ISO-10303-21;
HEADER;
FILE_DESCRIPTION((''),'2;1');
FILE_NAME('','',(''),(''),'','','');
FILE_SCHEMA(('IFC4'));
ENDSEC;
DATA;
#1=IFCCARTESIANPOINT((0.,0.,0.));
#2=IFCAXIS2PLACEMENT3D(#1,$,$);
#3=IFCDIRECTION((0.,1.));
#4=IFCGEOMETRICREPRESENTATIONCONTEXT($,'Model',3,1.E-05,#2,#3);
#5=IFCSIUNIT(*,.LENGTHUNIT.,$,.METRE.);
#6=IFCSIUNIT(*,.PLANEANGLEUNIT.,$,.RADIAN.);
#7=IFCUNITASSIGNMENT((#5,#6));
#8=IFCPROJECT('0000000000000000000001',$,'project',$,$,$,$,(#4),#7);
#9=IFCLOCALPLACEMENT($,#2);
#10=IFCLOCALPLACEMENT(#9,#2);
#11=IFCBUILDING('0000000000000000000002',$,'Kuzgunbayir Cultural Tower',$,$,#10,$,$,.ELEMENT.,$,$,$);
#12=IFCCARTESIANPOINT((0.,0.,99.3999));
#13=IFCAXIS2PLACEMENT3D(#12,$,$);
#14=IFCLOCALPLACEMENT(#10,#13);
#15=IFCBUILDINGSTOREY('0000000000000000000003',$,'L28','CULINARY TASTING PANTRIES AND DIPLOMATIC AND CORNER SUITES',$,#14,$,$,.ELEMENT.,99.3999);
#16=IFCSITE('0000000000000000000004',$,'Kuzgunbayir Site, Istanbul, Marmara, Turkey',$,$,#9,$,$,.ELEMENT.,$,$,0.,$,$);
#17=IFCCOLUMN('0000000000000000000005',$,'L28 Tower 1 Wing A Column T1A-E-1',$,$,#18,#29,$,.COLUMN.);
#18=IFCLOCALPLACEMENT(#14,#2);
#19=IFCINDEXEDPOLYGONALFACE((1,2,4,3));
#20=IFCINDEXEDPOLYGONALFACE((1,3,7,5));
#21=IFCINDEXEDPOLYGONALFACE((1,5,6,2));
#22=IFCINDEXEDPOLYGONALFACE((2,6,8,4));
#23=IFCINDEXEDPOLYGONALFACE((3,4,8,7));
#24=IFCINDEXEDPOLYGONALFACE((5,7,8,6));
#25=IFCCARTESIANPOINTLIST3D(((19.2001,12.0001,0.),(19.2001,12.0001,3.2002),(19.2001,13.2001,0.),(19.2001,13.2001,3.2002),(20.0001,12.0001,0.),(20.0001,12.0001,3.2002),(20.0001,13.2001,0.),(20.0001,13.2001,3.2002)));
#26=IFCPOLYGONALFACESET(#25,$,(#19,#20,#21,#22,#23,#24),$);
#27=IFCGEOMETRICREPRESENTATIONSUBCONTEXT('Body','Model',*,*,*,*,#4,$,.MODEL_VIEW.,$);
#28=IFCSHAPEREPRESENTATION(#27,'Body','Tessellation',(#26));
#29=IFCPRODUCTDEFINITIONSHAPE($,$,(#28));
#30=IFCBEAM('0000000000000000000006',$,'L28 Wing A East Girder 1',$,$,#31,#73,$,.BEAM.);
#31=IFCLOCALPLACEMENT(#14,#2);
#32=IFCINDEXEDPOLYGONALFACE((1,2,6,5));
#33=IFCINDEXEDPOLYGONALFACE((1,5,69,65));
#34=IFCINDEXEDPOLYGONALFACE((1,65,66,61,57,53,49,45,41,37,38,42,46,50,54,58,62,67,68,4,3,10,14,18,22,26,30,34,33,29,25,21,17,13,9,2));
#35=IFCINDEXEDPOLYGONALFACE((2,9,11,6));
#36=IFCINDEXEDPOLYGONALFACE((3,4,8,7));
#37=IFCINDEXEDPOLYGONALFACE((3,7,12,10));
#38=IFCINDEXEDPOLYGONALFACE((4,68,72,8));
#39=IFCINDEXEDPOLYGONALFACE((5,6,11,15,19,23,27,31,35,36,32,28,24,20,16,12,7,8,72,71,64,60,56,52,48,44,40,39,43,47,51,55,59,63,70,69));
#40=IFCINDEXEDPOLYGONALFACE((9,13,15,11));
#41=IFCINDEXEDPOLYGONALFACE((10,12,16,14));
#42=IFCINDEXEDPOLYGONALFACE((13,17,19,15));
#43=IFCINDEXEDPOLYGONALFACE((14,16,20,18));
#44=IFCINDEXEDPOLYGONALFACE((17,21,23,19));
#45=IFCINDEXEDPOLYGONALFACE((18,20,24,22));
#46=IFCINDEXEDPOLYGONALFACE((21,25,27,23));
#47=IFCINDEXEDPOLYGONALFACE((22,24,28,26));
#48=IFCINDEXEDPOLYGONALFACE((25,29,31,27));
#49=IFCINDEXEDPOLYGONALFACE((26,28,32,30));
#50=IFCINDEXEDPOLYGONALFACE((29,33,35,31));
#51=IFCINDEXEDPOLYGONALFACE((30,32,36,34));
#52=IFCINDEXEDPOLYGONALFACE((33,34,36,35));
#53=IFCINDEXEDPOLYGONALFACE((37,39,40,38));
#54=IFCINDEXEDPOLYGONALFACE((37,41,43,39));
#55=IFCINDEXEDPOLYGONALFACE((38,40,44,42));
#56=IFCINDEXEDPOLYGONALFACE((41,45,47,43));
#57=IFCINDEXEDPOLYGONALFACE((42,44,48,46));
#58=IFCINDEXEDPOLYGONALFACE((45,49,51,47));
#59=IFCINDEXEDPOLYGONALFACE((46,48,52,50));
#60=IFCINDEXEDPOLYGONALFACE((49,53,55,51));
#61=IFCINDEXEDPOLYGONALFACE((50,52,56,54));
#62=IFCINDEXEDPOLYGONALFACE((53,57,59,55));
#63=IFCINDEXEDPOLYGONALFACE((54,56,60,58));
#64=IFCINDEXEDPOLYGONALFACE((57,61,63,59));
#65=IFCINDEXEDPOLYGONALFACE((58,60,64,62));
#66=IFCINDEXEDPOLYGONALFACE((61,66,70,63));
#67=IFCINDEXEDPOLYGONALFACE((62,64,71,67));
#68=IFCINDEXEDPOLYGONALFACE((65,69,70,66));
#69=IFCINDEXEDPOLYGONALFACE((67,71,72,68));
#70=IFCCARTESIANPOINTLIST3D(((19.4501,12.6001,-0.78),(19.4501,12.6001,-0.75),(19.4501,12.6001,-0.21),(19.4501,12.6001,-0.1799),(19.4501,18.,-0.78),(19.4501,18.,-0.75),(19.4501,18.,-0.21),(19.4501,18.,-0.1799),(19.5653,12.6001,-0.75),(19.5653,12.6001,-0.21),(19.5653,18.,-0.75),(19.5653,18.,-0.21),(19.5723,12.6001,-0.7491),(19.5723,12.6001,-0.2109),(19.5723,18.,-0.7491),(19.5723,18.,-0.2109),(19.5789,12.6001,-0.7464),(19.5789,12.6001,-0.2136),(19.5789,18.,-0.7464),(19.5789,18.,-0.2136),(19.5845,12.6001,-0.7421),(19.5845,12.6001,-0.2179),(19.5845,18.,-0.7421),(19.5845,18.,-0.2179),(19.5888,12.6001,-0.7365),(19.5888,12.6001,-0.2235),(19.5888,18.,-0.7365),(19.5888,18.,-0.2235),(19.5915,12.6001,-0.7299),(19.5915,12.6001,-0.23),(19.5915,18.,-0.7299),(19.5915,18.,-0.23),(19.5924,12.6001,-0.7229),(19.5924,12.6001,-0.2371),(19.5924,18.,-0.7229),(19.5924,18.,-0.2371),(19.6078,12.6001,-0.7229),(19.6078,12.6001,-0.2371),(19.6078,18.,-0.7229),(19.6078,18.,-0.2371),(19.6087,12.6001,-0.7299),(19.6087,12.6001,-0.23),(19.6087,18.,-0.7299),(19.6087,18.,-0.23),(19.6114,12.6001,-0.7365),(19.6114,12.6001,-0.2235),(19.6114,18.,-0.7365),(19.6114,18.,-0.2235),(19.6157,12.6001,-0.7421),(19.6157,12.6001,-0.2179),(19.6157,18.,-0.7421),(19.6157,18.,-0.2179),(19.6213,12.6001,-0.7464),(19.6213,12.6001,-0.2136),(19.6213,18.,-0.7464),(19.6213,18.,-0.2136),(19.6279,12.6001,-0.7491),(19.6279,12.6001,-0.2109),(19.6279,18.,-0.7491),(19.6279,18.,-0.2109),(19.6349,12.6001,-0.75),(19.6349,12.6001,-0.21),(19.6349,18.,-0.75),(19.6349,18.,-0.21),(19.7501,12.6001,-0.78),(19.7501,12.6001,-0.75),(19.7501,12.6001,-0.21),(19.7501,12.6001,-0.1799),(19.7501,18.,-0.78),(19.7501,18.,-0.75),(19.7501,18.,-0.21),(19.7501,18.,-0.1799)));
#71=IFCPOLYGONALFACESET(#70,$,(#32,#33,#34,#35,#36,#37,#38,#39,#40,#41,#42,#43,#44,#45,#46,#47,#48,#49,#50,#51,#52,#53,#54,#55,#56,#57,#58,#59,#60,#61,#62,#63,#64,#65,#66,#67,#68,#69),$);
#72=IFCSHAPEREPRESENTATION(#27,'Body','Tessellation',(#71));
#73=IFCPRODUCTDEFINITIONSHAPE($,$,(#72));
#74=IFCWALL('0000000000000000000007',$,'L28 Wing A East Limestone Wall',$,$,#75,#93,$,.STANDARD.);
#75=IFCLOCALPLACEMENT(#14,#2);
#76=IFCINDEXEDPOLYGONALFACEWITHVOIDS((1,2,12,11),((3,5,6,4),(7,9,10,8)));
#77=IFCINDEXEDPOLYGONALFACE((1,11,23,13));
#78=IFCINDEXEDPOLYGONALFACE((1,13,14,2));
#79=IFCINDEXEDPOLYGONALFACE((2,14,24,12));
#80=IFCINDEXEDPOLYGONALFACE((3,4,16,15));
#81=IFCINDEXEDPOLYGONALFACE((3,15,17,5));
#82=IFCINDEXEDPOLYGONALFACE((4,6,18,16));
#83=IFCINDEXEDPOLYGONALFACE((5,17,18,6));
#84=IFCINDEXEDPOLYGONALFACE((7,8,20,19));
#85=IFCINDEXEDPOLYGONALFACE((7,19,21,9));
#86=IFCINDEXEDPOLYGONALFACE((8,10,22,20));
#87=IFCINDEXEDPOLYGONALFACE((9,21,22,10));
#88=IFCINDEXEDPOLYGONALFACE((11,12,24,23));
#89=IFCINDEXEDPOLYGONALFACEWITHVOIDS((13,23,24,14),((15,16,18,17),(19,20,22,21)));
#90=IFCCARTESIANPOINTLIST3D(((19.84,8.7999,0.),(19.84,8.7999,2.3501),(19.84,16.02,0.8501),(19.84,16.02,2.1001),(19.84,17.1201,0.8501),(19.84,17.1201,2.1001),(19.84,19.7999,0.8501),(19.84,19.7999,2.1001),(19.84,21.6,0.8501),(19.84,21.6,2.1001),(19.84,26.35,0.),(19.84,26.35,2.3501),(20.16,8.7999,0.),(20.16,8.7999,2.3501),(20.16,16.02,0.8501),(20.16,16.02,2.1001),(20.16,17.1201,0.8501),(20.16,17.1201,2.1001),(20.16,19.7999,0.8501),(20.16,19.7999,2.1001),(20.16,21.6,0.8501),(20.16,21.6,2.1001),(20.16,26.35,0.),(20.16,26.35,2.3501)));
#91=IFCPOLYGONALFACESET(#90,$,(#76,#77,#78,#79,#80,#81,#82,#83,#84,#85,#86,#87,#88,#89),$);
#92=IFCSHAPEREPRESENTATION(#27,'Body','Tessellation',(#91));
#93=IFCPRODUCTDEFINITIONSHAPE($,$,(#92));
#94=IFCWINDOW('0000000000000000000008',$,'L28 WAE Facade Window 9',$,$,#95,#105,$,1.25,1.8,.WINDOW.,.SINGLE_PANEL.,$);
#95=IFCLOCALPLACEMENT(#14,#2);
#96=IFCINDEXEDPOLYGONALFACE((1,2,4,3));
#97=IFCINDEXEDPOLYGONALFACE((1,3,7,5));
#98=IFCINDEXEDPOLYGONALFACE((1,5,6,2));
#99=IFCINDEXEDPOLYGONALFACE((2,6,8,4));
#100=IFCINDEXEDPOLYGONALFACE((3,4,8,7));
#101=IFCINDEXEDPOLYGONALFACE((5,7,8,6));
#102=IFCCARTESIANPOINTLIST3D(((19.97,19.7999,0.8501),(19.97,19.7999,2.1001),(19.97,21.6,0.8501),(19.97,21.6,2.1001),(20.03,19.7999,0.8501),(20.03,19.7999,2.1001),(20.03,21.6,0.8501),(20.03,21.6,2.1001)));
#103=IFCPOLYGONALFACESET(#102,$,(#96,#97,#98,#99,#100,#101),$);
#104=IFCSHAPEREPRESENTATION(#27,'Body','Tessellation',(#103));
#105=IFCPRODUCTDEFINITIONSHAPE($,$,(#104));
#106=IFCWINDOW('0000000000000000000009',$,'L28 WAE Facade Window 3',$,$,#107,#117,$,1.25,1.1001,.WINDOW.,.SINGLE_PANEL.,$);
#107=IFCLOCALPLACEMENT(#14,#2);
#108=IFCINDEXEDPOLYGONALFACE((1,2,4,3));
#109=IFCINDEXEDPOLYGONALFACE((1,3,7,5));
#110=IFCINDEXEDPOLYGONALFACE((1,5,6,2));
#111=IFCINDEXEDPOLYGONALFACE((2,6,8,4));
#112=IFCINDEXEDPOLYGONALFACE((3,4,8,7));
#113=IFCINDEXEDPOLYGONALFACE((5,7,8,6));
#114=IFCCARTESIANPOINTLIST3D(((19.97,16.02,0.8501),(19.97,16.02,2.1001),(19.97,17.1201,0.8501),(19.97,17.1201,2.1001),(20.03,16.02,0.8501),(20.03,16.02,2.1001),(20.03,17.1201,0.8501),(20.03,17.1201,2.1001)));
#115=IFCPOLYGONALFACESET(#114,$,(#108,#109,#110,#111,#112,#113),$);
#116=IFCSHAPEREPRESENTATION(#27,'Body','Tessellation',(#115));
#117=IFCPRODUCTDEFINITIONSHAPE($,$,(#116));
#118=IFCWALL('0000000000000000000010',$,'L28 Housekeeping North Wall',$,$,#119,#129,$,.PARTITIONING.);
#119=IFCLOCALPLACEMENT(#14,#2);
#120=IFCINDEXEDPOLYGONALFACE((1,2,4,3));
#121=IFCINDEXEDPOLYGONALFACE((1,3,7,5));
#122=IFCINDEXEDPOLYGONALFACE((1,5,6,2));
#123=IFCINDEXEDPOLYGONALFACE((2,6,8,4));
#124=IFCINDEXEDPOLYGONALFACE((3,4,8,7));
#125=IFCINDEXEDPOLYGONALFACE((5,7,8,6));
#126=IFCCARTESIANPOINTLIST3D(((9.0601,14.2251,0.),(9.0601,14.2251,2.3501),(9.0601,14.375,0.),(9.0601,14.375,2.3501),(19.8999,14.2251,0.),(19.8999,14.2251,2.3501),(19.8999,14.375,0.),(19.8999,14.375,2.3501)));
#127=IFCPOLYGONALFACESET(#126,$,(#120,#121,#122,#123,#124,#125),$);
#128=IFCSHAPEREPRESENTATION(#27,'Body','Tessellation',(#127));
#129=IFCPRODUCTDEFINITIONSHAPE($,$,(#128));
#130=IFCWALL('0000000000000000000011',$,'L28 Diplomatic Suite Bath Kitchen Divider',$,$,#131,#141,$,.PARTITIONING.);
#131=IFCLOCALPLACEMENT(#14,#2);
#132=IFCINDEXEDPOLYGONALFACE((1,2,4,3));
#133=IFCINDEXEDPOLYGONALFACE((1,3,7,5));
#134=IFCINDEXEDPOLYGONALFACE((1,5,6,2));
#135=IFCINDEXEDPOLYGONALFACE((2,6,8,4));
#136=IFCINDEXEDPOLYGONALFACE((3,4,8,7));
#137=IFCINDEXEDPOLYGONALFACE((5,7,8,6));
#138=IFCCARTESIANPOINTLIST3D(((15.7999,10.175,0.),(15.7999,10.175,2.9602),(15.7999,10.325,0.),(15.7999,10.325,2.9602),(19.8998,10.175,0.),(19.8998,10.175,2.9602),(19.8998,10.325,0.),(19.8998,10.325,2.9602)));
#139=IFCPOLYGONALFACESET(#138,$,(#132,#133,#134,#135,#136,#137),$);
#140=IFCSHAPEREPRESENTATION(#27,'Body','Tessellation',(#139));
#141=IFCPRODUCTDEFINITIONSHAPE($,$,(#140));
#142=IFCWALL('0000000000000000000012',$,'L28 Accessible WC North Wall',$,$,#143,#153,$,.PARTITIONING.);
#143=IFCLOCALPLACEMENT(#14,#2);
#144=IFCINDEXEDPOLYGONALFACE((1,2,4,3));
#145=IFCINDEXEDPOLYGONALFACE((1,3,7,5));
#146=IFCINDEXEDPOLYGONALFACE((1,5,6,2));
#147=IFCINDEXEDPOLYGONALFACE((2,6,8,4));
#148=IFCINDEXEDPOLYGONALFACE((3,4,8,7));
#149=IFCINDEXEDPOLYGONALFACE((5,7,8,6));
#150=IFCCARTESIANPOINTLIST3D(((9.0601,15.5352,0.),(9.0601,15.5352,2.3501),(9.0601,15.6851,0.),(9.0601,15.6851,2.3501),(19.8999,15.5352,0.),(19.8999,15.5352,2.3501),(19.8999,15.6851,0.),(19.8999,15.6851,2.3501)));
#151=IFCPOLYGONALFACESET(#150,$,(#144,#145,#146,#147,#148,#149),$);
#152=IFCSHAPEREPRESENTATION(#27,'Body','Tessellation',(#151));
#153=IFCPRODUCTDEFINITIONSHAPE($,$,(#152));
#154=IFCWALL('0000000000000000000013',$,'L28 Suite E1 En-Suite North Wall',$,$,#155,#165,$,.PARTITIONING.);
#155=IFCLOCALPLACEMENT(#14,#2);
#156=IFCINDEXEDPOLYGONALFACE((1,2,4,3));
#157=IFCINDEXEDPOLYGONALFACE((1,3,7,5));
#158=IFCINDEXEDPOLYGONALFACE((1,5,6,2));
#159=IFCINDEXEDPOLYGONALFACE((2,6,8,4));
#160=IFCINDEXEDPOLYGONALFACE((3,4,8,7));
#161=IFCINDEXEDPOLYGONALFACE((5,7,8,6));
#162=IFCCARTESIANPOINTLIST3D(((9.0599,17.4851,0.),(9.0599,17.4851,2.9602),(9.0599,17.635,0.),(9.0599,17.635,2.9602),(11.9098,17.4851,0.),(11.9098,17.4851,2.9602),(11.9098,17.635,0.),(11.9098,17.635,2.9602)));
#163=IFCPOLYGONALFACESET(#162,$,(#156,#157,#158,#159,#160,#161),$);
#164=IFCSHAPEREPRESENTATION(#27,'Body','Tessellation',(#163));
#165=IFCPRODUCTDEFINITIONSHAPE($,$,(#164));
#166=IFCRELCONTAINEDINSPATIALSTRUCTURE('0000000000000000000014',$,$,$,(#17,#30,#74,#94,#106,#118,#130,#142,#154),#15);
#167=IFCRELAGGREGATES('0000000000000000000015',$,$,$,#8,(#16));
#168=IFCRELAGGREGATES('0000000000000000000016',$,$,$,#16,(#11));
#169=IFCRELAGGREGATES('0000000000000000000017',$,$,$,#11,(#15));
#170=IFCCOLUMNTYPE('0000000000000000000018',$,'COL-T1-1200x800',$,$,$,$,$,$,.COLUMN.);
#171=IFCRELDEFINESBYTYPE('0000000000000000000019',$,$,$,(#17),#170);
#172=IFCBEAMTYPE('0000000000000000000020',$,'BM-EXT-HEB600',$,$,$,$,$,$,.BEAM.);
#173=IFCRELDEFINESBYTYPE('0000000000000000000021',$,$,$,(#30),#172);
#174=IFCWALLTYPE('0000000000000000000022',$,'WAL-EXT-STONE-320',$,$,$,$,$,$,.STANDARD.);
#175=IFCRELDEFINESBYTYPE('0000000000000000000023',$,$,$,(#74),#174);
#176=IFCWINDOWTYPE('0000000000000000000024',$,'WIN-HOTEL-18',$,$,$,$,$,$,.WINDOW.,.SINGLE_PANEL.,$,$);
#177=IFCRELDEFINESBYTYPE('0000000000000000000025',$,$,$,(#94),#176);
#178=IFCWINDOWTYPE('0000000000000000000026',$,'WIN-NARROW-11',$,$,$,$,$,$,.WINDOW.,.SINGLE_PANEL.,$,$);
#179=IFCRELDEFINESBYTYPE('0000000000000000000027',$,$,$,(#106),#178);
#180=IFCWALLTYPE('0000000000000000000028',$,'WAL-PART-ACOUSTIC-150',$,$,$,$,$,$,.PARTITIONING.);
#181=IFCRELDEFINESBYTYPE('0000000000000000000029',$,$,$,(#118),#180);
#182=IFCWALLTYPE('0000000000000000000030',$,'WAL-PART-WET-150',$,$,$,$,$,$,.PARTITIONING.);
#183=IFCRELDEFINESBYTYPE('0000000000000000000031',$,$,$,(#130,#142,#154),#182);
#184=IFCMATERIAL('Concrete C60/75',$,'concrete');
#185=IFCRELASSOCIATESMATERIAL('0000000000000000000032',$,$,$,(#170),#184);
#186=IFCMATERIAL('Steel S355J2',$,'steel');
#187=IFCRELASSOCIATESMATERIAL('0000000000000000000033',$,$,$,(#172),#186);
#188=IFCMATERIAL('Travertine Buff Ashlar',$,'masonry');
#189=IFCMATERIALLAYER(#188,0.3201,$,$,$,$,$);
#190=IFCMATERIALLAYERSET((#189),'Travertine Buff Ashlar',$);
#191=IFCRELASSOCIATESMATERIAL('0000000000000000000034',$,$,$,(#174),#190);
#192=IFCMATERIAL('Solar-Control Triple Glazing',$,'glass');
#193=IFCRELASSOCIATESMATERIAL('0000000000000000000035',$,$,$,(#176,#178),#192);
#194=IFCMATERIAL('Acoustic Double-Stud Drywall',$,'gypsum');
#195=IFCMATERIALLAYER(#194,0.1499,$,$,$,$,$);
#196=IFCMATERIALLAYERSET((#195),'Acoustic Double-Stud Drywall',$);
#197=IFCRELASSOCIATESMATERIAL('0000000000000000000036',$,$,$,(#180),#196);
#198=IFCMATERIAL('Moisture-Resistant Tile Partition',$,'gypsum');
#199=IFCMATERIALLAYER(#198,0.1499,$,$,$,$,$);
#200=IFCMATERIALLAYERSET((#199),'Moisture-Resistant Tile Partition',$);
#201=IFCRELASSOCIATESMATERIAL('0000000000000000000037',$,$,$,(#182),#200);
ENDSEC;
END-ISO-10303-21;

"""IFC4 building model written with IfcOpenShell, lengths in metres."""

from ifc_helpers import new_model, si_unit, direction, frame, frame_2d, origin, origin_2d, place, context, subcontext, project, spatial, rectangle, i_section, extrude, material, layer, layer_set, material_profile, profile_set, type_object, element, fill, save


model = new_model("IFC4")

# Units and contexts
model_context = context("Model", 3, precision=1e-05, world=origin(), true_north=direction((0.0, 1.0)))
body_context = subcontext(model_context, "Body", "Model", "MODEL_VIEW")
ifc_project = project(units=[si_unit("LENGTHUNIT", "METRE"), si_unit("PLANEANGLEUNIT", "RADIAN")], contexts=[model_context])

# Site, building, storey
site_placement = place(None, origin())
site = spatial("IfcSite", under=ifc_project, at=site_placement, Name="Kuzgunbayir Site, Istanbul, Marmara, Turkey", CompositionType="ELEMENT", RefElevation=0.0)
building_placement = place(site_placement, origin())
building = spatial("IfcBuilding", under=site, at=building_placement, Name="Kuzgunbayir Cultural Tower", CompositionType="ELEMENT")
storey_placement = place(building_placement, frame((0.0, 0.0, 99.3999)))
storey = spatial("IfcBuildingStorey", under=building, at=storey_placement, Name="L28", Description="CULINARY TASTING PANTRIES AND DIPLOMATIC AND CORNER SUITES", CompositionType="ELEMENT", Elevation=99.3999)

# Column
ifc_material_1 = material(Name="Concrete C60/75", Category="concrete")
ifc_material_profile_1 = material_profile(ifc_material_1, rectangle(XDim=0.8, YDim=1.2, at=origin_2d()), Name="RC 1200x800")
ifc_profile_set_1 = profile_set([ifc_material_profile_1], Name="Concrete C60/75")
column_type = type_object("IfcColumnType", Name="COL-T1-1200x800", PredefinedType="COLUMN", material=ifc_profile_set_1)
column_placement = place(storey_placement, frame((19.6001, 12.6001, 0.0), z_axis=(0.0, 0.0, 1.0), x_axis=(1.0, 0.0, 0.0)))
element("IfcColumn", 1, at=column_placement, inside=storey, type_object=column_type, Name="L28 Tower 1 Wing A Column T1A-E-1", PredefinedType="COLUMN", context=body_context, shape_type="SweptSolid", body=[
    extrude(rectangle(XDim=0.8, YDim=1.2, at=origin_2d()), origin(), (0.0, 0.0, 1.0), 3.2002),
])

# Beam
ifc_material_2 = material(Name="Steel S355J2", Category="steel")
ifc_material_profile_2 = material_profile(ifc_material_2, i_section(OverallWidth=0.3, OverallDepth=0.6001, WebThickness=0.0154, FlangeThickness=0.03, FilletRadius=0.0271, at=origin_2d()), Name="HEB 600")
ifc_profile_set_2 = profile_set([ifc_material_profile_2], Name="Steel S355J2")
beam_type = type_object("IfcBeamType", Name="BM-EXT-HEB600", PredefinedType="BEAM", material=ifc_profile_set_2)
beam_placement = place(storey_placement, frame((19.6001, 12.6001, -0.48), z_axis=(0.0, 1.0, 0.0), x_axis=(-1.0, 0.0, 0.0)))
element("IfcBeam", 2, at=beam_placement, inside=storey, type_object=beam_type, Name="L28 Wing A East Girder 1", PredefinedType="BEAM", context=body_context, shape_type="SweptSolid", body=[
    extrude(i_section(OverallWidth=0.3, OverallDepth=0.6001, WebThickness=0.0154, FlangeThickness=0.03, FilletRadius=0.0271, at=origin_2d()), origin(), (0.0, 0.0, 1.0), 5.3999),
])

# Wall, openings, windows
ifc_material_3 = material(Name="Travertine Buff Ashlar", Category="masonry")
ifc_layer_1 = layer(ifc_material_3, 0.3201)
ifc_layer_set_1 = layer_set([ifc_layer_1], Name="Travertine Buff Ashlar")
wall_type_1 = type_object("IfcWallType", Name="WAL-EXT-STONE-320", PredefinedType="STANDARD", material=ifc_layer_set_1)
wall_1_placement = place(storey_placement, frame((20.0, 8.8, 0.0), z_axis=(0.0, 0.0, 1.0), x_axis=(0.0, 1.0, 0.0)))
wall_1 = element("IfcWall", 3, at=wall_1_placement, inside=storey, type_object=wall_type_1, Name="L28 Wing A East Limestone Wall", PredefinedType="STANDARD", context=body_context, shape_type="SweptSolid", body=[
    extrude(rectangle(XDim=17.55, YDim=0.3201, at=frame_2d((8.7749, 0.0))), origin(), (0.0, 0.0, 1.0), 2.3501),
])
opening_1_placement = place(wall_1_placement, frame((7.22, 0.0, 0.8501)))
opening_1 = element("IfcOpeningElement", 4, at=opening_1_placement, cuts=wall_1, PredefinedType="OPENING", context=body_context, shape_type="SweptSolid", body=[
    extrude(rectangle(XDim=1.1001, YDim=1.25, at=frame_2d((0.55, 0.625))), frame((0.0, 0.1699, 0.0), z_axis=(0.0, -1.0, 0.0), x_axis=(1.0, 0.0, 0.0)), (0.0, 0.0, 1.0), 0.3401),
])
opening_2_placement = place(wall_1_placement, frame((11.0, 0.0, 0.8501)))
opening_2 = element("IfcOpeningElement", 5, at=opening_2_placement, cuts=wall_1, PredefinedType="OPENING", context=body_context, shape_type="SweptSolid", body=[
    extrude(rectangle(XDim=1.8, YDim=1.25, at=frame_2d((0.8999, 0.625))), frame((0.0, 0.1699, 0.0), z_axis=(0.0, -1.0, 0.0), x_axis=(1.0, 0.0, 0.0)), (0.0, 0.0, 1.0), 0.3401),
])
ifc_material_4 = material(Name="Solar-Control Triple Glazing", Category="glass")
window_type_1 = type_object("IfcWindowType", Name="WIN-HOTEL-18", PartitioningType="SINGLE_PANEL", PredefinedType="WINDOW", material=ifc_material_4)
window_1_placement = place(opening_2_placement, origin())
window_1 = element("IfcWindow", 6, at=window_1_placement, inside=storey, type_object=window_type_1, Name="L28 WAE Facade Window 9", OverallHeight=1.25, OverallWidth=1.8, PartitioningType="SINGLE_PANEL", PredefinedType="WINDOW", context=body_context, shape_type="SweptSolid", body=[
    extrude(rectangle(XDim=1.8, YDim=1.25, at=frame_2d((0.8999, 0.625))), frame((0.0, 0.03, 0.0), z_axis=(0.0, -1.0, 0.0), x_axis=(1.0, 0.0, 0.0)), (0.0, 0.0, 1.0), 0.0601),
])
fill(opening_2, window_1)
window_type_2 = type_object("IfcWindowType", Name="WIN-NARROW-11", PartitioningType="SINGLE_PANEL", PredefinedType="WINDOW", material=ifc_material_4)
window_2_placement = place(opening_1_placement, origin())
window_2 = element("IfcWindow", 7, at=window_2_placement, inside=storey, type_object=window_type_2, Name="L28 WAE Facade Window 3", OverallHeight=1.25, OverallWidth=1.1001, PartitioningType="SINGLE_PANEL", PredefinedType="WINDOW", context=body_context, shape_type="SweptSolid", body=[
    extrude(rectangle(XDim=1.1001, YDim=1.25, at=frame_2d((0.55, 0.625))), frame((0.0, 0.03, 0.0), z_axis=(0.0, -1.0, 0.0), x_axis=(1.0, 0.0, 0.0)), (0.0, 0.0, 1.0), 0.0601),
])
fill(opening_1, window_2)

# Wall
ifc_material_5 = material(Name="Acoustic Double-Stud Drywall", Category="gypsum")
ifc_layer_2 = layer(ifc_material_5, 0.1499)
ifc_layer_set_2 = layer_set([ifc_layer_2], Name="Acoustic Double-Stud Drywall")
wall_type_2 = type_object("IfcWallType", Name="WAL-PART-ACOUSTIC-150", PredefinedType="PARTITIONING", material=ifc_layer_set_2)
wall_2_placement = place(storey_placement, frame((9.0601, 14.3, 0.0), z_axis=(0.0, 0.0, 1.0), x_axis=(1.0, 0.0, 0.0)))
element("IfcWall", 8, at=wall_2_placement, inside=storey, type_object=wall_type_2, Name="L28 Housekeeping North Wall", PredefinedType="PARTITIONING", context=body_context, shape_type="SweptSolid", body=[
    extrude(rectangle(XDim=10.8398, YDim=0.1499, at=frame_2d((5.4199, 0.0))), origin(), (0.0, 0.0, 1.0), 2.3501),
])

# Shared definitions
ifc_material_6 = material(Name="Moisture-Resistant Tile Partition", Category="gypsum")
ifc_layer_3 = layer(ifc_material_6, 0.1499)
ifc_layer_set_3 = layer_set([ifc_layer_3], Name="Moisture-Resistant Tile Partition")
wall_type_3 = type_object("IfcWallType", Name="WAL-PART-WET-150", PredefinedType="PARTITIONING", material=ifc_layer_set_3)

# Walls
wall_3_placement = place(storey_placement, frame((15.8, 10.25, 0.0), z_axis=(0.0, 0.0, 1.0), x_axis=(1.0, 0.0, 0.0)))
element("IfcWall", 9, at=wall_3_placement, inside=storey, type_object=wall_type_3, Name="L28 Diplomatic Suite Bath Kitchen Divider", PredefinedType="PARTITIONING", context=body_context, shape_type="SweptSolid", body=[
    extrude(rectangle(XDim=4.0999, YDim=0.1499, at=frame_2d((2.0498, 0.0))), origin(), (0.0, 0.0, 1.0), 2.9602),
])
wall_4_placement = place(storey_placement, frame((9.0601, 15.6101, 0.0), z_axis=(0.0, 0.0, 1.0), x_axis=(1.0, 0.0, 0.0)))
element("IfcWall", 10, at=wall_4_placement, inside=storey, type_object=wall_type_3, Name="L28 Accessible WC North Wall", PredefinedType="PARTITIONING", context=body_context, shape_type="SweptSolid", body=[
    extrude(rectangle(XDim=10.8398, YDim=0.1499, at=frame_2d((5.4199, 0.0))), origin(), (0.0, 0.0, 1.0), 2.3501),
])
wall_5_placement = place(storey_placement, frame((9.0601, 17.5601, 0.0), z_axis=(0.0, 0.0, 1.0), x_axis=(1.0, 0.0, 0.0)))
element("IfcWall", 11, at=wall_5_placement, inside=storey, type_object=wall_type_3, Name="L28 Suite E1 En-Suite North Wall", PredefinedType="PARTITIONING", context=body_context, shape_type="SweptSolid", body=[
    extrude(rectangle(XDim=2.8499, YDim=0.1499, at=frame_2d((1.4248, 0.0))), origin(), (0.0, 0.0, 1.0), 2.9602),
])

save(model, "model.ifc")
